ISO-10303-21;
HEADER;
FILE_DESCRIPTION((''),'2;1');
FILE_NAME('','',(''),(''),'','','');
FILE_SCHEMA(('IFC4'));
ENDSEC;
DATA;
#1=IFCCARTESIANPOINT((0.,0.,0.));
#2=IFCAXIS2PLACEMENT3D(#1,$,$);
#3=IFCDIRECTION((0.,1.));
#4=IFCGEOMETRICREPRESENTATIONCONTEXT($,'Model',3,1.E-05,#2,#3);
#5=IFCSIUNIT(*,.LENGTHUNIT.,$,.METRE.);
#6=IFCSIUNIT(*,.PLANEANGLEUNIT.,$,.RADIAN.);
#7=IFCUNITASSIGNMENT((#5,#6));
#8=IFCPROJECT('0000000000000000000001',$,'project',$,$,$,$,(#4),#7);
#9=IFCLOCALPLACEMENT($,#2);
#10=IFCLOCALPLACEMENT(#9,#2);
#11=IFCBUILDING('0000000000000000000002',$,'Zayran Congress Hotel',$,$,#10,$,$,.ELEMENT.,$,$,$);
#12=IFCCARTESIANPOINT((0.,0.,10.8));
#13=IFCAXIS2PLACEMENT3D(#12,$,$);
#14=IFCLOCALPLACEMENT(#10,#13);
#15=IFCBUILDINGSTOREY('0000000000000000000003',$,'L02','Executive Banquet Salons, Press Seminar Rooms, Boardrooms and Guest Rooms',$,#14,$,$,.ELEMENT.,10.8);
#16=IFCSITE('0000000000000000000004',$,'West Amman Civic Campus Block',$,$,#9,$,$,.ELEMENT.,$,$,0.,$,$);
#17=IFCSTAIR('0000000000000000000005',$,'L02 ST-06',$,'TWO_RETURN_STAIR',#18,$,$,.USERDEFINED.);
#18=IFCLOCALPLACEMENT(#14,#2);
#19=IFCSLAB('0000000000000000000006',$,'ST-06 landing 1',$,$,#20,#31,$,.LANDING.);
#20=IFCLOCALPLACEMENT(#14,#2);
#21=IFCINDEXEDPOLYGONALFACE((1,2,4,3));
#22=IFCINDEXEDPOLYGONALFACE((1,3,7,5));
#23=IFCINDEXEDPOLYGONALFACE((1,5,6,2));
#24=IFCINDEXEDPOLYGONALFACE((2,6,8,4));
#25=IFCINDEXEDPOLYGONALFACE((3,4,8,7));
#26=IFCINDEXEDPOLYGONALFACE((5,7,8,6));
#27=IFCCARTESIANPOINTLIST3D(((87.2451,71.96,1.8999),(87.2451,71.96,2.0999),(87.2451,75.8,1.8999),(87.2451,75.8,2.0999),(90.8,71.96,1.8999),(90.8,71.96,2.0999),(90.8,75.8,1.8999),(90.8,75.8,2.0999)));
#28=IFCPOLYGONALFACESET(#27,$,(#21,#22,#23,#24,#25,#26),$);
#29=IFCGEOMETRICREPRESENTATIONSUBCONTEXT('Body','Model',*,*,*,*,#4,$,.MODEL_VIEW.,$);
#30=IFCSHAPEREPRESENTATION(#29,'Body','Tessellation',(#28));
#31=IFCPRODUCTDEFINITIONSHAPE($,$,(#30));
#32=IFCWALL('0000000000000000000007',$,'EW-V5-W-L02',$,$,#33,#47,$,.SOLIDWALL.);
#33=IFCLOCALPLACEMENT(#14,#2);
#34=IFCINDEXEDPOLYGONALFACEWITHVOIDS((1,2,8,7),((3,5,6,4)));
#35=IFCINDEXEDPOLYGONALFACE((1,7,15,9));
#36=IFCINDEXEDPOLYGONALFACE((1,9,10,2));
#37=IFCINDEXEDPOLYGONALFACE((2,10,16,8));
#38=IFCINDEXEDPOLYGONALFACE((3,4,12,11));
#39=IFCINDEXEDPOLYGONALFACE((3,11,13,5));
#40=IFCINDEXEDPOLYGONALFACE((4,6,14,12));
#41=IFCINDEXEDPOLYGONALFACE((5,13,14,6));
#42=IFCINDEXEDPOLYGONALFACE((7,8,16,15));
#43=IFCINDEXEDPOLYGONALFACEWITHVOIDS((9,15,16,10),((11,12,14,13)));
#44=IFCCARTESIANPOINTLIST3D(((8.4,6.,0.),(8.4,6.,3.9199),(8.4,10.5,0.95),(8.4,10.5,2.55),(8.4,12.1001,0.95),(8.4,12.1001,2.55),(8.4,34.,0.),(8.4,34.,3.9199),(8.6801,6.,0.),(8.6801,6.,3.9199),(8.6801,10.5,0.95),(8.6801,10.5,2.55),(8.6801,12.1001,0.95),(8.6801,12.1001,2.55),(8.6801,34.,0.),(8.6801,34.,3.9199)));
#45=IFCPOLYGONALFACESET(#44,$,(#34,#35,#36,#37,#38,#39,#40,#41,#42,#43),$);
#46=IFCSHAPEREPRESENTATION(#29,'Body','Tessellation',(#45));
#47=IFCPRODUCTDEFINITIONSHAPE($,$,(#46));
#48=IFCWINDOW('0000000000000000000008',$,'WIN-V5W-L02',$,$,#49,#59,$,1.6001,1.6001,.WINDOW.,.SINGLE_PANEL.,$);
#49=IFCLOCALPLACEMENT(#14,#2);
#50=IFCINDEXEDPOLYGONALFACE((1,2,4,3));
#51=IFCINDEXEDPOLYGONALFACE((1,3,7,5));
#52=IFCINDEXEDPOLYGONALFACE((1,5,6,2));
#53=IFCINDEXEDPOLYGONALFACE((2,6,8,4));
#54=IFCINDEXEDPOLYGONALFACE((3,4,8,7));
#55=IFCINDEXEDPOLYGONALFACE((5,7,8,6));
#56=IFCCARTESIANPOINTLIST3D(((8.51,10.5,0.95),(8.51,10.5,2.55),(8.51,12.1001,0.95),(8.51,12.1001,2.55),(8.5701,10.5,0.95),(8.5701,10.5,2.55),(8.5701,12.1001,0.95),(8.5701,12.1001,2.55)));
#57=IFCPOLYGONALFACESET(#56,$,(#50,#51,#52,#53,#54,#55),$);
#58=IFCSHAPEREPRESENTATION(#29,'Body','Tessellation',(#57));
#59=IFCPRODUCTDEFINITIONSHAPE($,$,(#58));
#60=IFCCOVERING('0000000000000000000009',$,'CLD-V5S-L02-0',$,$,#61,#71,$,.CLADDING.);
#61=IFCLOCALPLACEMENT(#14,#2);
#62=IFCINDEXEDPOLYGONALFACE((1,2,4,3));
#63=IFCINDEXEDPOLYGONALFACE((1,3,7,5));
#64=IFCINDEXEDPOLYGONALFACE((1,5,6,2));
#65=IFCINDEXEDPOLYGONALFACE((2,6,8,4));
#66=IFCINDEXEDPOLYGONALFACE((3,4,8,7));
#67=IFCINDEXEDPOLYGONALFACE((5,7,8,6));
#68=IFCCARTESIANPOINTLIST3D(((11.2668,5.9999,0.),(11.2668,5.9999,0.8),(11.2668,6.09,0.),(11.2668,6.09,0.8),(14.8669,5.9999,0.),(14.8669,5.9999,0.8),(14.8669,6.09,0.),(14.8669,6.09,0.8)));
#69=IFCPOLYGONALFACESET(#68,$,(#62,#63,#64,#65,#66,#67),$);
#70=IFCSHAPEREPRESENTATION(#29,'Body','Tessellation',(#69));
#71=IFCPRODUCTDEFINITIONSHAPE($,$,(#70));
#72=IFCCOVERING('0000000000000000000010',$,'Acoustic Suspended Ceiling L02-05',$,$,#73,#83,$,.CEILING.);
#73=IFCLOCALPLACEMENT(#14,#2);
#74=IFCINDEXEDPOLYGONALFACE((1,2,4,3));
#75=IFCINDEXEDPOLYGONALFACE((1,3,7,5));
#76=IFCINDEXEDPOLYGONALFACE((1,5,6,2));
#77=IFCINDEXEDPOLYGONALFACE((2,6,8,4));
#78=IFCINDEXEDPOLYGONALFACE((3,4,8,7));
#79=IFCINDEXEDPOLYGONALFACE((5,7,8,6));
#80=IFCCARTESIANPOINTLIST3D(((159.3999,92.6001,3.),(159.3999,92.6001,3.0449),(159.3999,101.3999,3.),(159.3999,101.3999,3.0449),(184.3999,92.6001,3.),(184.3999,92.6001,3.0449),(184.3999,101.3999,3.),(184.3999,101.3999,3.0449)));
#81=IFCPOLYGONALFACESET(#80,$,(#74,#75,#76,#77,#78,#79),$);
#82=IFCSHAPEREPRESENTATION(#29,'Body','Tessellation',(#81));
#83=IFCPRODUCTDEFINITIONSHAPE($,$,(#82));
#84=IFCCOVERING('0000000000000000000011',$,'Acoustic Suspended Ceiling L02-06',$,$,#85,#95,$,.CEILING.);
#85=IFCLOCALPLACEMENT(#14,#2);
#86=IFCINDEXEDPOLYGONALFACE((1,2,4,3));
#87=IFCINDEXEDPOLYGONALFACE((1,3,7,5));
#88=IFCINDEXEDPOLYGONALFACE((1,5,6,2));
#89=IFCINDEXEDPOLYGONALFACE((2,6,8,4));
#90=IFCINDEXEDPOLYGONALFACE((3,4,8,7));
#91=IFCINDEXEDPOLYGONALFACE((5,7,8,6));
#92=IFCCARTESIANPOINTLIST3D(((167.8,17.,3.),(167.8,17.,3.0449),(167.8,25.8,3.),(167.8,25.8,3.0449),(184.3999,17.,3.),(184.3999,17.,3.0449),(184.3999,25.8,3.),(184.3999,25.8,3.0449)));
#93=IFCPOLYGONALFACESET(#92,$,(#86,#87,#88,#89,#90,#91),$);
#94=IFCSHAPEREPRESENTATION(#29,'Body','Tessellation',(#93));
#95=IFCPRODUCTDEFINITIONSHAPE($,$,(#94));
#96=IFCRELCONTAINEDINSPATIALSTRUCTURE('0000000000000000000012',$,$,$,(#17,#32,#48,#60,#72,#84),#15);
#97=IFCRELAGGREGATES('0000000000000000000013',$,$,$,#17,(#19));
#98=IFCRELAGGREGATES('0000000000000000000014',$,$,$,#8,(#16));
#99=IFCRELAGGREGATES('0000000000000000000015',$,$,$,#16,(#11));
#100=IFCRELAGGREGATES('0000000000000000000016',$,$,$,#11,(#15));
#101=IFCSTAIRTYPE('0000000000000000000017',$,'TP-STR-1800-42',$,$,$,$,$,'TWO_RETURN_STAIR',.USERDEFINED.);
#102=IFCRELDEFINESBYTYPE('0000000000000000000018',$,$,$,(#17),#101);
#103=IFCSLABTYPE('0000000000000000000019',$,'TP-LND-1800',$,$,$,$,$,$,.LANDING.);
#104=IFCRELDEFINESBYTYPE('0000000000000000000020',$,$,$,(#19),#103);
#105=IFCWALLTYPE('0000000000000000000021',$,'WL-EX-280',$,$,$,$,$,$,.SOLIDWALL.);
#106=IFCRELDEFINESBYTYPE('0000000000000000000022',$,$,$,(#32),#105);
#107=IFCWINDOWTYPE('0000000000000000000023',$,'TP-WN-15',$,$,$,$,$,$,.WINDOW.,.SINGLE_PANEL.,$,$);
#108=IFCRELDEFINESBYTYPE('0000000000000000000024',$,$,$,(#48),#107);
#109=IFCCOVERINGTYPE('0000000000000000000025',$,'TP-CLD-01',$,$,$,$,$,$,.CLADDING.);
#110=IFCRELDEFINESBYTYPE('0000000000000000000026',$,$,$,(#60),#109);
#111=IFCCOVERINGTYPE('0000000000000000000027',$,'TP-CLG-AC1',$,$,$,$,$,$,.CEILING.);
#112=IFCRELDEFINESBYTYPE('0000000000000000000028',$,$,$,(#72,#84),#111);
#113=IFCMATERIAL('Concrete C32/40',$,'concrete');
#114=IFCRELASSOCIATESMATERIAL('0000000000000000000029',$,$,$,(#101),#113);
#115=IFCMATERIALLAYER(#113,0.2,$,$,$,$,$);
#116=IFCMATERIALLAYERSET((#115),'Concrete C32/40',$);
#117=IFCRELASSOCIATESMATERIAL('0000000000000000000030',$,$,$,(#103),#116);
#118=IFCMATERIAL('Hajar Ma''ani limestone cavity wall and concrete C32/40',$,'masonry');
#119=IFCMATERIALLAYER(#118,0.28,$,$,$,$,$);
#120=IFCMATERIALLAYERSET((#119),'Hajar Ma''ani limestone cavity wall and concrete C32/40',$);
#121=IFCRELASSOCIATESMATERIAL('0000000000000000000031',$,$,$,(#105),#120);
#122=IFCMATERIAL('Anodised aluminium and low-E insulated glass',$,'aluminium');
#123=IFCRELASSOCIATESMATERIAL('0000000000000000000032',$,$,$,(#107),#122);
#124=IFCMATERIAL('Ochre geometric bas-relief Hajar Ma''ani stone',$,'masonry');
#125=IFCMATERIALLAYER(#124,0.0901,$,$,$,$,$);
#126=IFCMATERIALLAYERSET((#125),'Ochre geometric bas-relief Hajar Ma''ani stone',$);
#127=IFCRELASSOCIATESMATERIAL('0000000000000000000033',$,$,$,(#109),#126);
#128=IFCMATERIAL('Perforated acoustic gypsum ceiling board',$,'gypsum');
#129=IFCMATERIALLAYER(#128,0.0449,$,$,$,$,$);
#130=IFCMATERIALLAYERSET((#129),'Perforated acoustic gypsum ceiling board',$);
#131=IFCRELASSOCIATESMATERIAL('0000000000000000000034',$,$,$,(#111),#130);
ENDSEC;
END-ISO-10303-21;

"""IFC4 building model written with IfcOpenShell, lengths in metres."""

from ifc_helpers import new_model, si_unit, direction, frame, frame_2d, origin, origin_2d, place, context, subcontext, project, spatial, polyline, rectangle, outline, extrude, material, layer, layer_set, type_object, element, fill, aggregate, save


model = new_model("IFC4")

# Units and contexts
model_context = context("Model", 3, precision=1e-05, world=origin(), true_north=direction((0.0, 1.0)))
body_context = subcontext(model_context, "Body", "Model", "MODEL_VIEW")
ifc_project = project(units=[si_unit("LENGTHUNIT", "METRE"), si_unit("PLANEANGLEUNIT", "RADIAN")], contexts=[model_context])

# Site, building, storey
site_placement = place(None, origin())
site = spatial("IfcSite", under=ifc_project, at=site_placement, Name="West Amman Civic Campus Block", CompositionType="ELEMENT", RefElevation=0.0)
building_placement = place(site_placement, origin())
building = spatial("IfcBuilding", under=site, at=building_placement, Name="Zayran Congress Hotel", CompositionType="ELEMENT")
storey_placement = place(building_placement, frame((0.0, 0.0, 10.8)))
storey = spatial("IfcBuildingStorey", under=building, at=storey_placement, Name="L02", Description="Executive Banquet Salons, Press Seminar Rooms, Boardrooms and Guest Rooms", CompositionType="ELEMENT", Elevation=10.8)

# Shared definitions
ifc_material_1 = material(Name="Concrete C32/40", Category="concrete")

# Shared definitions
ifc_material_2 = material(Name="Anodised aluminium and low-E insulated glass", Category="aluminium")

# Stair, slab
stair_type_1 = type_object("IfcStairType", Name="TP-STR-1800-42", ElementType="TWO_RETURN_STAIR", PredefinedType="USERDEFINED", material=ifc_material_1)
ifc_layer_1 = layer(ifc_material_1, 0.2)
ifc_layer_set_1 = layer_set([ifc_layer_1], Name="Concrete C32/40")
slab_type_1 = type_object("IfcSlabType", Name="TP-LND-1800", PredefinedType="LANDING", material=ifc_layer_set_1)
stair_1_placement = place(storey_placement, origin())
stair_1 = element("IfcStair", 1, at=stair_1_placement, inside=storey, type_object=stair_type_1, Name="L02 ST-06", ObjectType="TWO_RETURN_STAIR", PredefinedType="USERDEFINED")
slab_1_placement = place(storey_placement, frame((0.0, 0.0, 1.8999)))
slab_1 = element("IfcSlab", 2, at=slab_1_placement, type_object=slab_type_1, Name="ST-06 landing 1", PredefinedType="LANDING", context=body_context, shape_type="SweptSolid", body=[
    extrude(outline(polyline([(87.2451, 71.96), (90.8, 71.96), (90.8, 75.8), (87.2451, 75.8), (87.2451, 71.96)])), origin(), (0.0, 0.0, 1.0), 0.2),
])
aggregate(stair_1, [slab_1])

# Wall, opening, window
ifc_material_3 = material(Name="Hajar Ma'ani limestone cavity wall and concrete C32/40", Category="masonry")
ifc_layer_2 = layer(ifc_material_3, 0.28)
ifc_layer_set_2 = layer_set([ifc_layer_2], Name="Hajar Ma'ani limestone cavity wall and concrete C32/40")
wall_type = type_object("IfcWallType", Name="WL-EX-280", PredefinedType="SOLIDWALL", material=ifc_layer_set_2)
wall_placement = place(storey_placement, frame((8.54, 6.0, 0.0), z_axis=(0.0, 0.0, 1.0), x_axis=(0.0, 1.0, 0.0)))
wall = element("IfcWall", 3, at=wall_placement, inside=storey, type_object=wall_type, Name="EW-V5-W-L02", PredefinedType="SOLIDWALL", context=body_context, shape_type="SweptSolid", body=[
    extrude(rectangle(XDim=28.0, YDim=0.28, at=frame_2d((14.0, 0.0))), origin(), (0.0, 0.0, 1.0), 3.9199),
])
opening_1_placement = place(wall_placement, frame((4.5, 0.0, 0.95)))
opening_1 = element("IfcOpeningElement", 4, at=opening_1_placement, cuts=wall, PredefinedType="OPENING", context=body_context, shape_type="SweptSolid", body=[
    extrude(rectangle(XDim=1.6001, YDim=1.6001, at=frame_2d((0.8, 0.8))), frame((0.0, 0.1499, 0.0), z_axis=(0.0, -1.0, 0.0), x_axis=(1.0, 0.0, 0.0)), (0.0, 0.0, 1.0), 0.3),
])
window_type_1 = type_object("IfcWindowType", Name="TP-WN-15", PartitioningType="SINGLE_PANEL", PredefinedType="WINDOW", material=ifc_material_2)
window_1_placement = place(opening_1_placement, origin())
window_1 = element("IfcWindow", 5, at=window_1_placement, inside=storey, type_object=window_type_1, Name="WIN-V5W-L02", OverallHeight=1.6001, OverallWidth=1.6001, PartitioningType="SINGLE_PANEL", PredefinedType="WINDOW", context=body_context, shape_type="SweptSolid", body=[
    extrude(rectangle(XDim=1.6001, YDim=1.6001, at=frame_2d((0.8, 0.8))), frame((0.0, 0.03, 0.0), z_axis=(0.0, -1.0, 0.0), x_axis=(1.0, 0.0, 0.0)), (0.0, 0.0, 1.0), 0.0601),
])
fill(opening_1, window_1)

# Coverings
ifc_material_4 = material(Name="Ochre geometric bas-relief Hajar Ma'ani stone", Category="masonry")
ifc_layer_3 = layer(ifc_material_4, 0.0901)
ifc_layer_set_3 = layer_set([ifc_layer_3], Name="Ochre geometric bas-relief Hajar Ma'ani stone")
covering_type_1 = type_object("IfcCoveringType", Name="TP-CLD-01", PredefinedType="CLADDING", material=ifc_layer_set_3)
covering_1_placement = place(storey_placement, frame((13.0669, 6.0449, 0.0), z_axis=(0.0, 0.0, 1.0), x_axis=(1.0, 0.0, 0.0)))
element("IfcCovering", 6, at=covering_1_placement, inside=storey, type_object=covering_type_1, Name="CLD-V5S-L02-0", PredefinedType="CLADDING", context=body_context, shape_type="SweptSolid", body=[
    extrude(rectangle(XDim=3.6001, YDim=0.0901, at=origin_2d()), origin(), (0.0, 0.0, 1.0), 0.8),
])
ifc_material_5 = material(Name="Perforated acoustic gypsum ceiling board", Category="gypsum")
ifc_layer_4 = layer(ifc_material_5, 0.0449)
ifc_layer_set_4 = layer_set([ifc_layer_4], Name="Perforated acoustic gypsum ceiling board")
covering_type_2 = type_object("IfcCoveringType", Name="TP-CLG-AC1", PredefinedType="CEILING", material=ifc_layer_set_4)
covering_2_placement = place(storey_placement, frame((0.0, 0.0, 3.0)))
element("IfcCovering", 7, at=covering_2_placement, inside=storey, type_object=covering_type_2, Name="Acoustic Suspended Ceiling L02-05", PredefinedType="CEILING", context=body_context, shape_type="SweptSolid", body=[
    extrude(outline(polyline([(159.3999, 92.6001), (184.3999, 92.6001), (184.3999, 101.3999), (159.3999, 101.3999), (159.3999, 92.6001)])), origin(), (0.0, 0.0, 1.0), 0.0449),
])
covering_3_placement = place(storey_placement, frame((0.0, 0.0, 3.0)))
element("IfcCovering", 8, at=covering_3_placement, inside=storey, type_object=covering_type_2, Name="Acoustic Suspended Ceiling L02-06", PredefinedType="CEILING", context=body_context, shape_type="SweptSolid", body=[
    extrude(outline(polyline([(167.8, 17.0), (184.3999, 17.0), (184.3999, 25.8), (167.8, 25.8), (167.8, 17.0)])), origin(), (0.0, 0.0, 1.0), 0.0449),
])

save(model, "model.ifc")
